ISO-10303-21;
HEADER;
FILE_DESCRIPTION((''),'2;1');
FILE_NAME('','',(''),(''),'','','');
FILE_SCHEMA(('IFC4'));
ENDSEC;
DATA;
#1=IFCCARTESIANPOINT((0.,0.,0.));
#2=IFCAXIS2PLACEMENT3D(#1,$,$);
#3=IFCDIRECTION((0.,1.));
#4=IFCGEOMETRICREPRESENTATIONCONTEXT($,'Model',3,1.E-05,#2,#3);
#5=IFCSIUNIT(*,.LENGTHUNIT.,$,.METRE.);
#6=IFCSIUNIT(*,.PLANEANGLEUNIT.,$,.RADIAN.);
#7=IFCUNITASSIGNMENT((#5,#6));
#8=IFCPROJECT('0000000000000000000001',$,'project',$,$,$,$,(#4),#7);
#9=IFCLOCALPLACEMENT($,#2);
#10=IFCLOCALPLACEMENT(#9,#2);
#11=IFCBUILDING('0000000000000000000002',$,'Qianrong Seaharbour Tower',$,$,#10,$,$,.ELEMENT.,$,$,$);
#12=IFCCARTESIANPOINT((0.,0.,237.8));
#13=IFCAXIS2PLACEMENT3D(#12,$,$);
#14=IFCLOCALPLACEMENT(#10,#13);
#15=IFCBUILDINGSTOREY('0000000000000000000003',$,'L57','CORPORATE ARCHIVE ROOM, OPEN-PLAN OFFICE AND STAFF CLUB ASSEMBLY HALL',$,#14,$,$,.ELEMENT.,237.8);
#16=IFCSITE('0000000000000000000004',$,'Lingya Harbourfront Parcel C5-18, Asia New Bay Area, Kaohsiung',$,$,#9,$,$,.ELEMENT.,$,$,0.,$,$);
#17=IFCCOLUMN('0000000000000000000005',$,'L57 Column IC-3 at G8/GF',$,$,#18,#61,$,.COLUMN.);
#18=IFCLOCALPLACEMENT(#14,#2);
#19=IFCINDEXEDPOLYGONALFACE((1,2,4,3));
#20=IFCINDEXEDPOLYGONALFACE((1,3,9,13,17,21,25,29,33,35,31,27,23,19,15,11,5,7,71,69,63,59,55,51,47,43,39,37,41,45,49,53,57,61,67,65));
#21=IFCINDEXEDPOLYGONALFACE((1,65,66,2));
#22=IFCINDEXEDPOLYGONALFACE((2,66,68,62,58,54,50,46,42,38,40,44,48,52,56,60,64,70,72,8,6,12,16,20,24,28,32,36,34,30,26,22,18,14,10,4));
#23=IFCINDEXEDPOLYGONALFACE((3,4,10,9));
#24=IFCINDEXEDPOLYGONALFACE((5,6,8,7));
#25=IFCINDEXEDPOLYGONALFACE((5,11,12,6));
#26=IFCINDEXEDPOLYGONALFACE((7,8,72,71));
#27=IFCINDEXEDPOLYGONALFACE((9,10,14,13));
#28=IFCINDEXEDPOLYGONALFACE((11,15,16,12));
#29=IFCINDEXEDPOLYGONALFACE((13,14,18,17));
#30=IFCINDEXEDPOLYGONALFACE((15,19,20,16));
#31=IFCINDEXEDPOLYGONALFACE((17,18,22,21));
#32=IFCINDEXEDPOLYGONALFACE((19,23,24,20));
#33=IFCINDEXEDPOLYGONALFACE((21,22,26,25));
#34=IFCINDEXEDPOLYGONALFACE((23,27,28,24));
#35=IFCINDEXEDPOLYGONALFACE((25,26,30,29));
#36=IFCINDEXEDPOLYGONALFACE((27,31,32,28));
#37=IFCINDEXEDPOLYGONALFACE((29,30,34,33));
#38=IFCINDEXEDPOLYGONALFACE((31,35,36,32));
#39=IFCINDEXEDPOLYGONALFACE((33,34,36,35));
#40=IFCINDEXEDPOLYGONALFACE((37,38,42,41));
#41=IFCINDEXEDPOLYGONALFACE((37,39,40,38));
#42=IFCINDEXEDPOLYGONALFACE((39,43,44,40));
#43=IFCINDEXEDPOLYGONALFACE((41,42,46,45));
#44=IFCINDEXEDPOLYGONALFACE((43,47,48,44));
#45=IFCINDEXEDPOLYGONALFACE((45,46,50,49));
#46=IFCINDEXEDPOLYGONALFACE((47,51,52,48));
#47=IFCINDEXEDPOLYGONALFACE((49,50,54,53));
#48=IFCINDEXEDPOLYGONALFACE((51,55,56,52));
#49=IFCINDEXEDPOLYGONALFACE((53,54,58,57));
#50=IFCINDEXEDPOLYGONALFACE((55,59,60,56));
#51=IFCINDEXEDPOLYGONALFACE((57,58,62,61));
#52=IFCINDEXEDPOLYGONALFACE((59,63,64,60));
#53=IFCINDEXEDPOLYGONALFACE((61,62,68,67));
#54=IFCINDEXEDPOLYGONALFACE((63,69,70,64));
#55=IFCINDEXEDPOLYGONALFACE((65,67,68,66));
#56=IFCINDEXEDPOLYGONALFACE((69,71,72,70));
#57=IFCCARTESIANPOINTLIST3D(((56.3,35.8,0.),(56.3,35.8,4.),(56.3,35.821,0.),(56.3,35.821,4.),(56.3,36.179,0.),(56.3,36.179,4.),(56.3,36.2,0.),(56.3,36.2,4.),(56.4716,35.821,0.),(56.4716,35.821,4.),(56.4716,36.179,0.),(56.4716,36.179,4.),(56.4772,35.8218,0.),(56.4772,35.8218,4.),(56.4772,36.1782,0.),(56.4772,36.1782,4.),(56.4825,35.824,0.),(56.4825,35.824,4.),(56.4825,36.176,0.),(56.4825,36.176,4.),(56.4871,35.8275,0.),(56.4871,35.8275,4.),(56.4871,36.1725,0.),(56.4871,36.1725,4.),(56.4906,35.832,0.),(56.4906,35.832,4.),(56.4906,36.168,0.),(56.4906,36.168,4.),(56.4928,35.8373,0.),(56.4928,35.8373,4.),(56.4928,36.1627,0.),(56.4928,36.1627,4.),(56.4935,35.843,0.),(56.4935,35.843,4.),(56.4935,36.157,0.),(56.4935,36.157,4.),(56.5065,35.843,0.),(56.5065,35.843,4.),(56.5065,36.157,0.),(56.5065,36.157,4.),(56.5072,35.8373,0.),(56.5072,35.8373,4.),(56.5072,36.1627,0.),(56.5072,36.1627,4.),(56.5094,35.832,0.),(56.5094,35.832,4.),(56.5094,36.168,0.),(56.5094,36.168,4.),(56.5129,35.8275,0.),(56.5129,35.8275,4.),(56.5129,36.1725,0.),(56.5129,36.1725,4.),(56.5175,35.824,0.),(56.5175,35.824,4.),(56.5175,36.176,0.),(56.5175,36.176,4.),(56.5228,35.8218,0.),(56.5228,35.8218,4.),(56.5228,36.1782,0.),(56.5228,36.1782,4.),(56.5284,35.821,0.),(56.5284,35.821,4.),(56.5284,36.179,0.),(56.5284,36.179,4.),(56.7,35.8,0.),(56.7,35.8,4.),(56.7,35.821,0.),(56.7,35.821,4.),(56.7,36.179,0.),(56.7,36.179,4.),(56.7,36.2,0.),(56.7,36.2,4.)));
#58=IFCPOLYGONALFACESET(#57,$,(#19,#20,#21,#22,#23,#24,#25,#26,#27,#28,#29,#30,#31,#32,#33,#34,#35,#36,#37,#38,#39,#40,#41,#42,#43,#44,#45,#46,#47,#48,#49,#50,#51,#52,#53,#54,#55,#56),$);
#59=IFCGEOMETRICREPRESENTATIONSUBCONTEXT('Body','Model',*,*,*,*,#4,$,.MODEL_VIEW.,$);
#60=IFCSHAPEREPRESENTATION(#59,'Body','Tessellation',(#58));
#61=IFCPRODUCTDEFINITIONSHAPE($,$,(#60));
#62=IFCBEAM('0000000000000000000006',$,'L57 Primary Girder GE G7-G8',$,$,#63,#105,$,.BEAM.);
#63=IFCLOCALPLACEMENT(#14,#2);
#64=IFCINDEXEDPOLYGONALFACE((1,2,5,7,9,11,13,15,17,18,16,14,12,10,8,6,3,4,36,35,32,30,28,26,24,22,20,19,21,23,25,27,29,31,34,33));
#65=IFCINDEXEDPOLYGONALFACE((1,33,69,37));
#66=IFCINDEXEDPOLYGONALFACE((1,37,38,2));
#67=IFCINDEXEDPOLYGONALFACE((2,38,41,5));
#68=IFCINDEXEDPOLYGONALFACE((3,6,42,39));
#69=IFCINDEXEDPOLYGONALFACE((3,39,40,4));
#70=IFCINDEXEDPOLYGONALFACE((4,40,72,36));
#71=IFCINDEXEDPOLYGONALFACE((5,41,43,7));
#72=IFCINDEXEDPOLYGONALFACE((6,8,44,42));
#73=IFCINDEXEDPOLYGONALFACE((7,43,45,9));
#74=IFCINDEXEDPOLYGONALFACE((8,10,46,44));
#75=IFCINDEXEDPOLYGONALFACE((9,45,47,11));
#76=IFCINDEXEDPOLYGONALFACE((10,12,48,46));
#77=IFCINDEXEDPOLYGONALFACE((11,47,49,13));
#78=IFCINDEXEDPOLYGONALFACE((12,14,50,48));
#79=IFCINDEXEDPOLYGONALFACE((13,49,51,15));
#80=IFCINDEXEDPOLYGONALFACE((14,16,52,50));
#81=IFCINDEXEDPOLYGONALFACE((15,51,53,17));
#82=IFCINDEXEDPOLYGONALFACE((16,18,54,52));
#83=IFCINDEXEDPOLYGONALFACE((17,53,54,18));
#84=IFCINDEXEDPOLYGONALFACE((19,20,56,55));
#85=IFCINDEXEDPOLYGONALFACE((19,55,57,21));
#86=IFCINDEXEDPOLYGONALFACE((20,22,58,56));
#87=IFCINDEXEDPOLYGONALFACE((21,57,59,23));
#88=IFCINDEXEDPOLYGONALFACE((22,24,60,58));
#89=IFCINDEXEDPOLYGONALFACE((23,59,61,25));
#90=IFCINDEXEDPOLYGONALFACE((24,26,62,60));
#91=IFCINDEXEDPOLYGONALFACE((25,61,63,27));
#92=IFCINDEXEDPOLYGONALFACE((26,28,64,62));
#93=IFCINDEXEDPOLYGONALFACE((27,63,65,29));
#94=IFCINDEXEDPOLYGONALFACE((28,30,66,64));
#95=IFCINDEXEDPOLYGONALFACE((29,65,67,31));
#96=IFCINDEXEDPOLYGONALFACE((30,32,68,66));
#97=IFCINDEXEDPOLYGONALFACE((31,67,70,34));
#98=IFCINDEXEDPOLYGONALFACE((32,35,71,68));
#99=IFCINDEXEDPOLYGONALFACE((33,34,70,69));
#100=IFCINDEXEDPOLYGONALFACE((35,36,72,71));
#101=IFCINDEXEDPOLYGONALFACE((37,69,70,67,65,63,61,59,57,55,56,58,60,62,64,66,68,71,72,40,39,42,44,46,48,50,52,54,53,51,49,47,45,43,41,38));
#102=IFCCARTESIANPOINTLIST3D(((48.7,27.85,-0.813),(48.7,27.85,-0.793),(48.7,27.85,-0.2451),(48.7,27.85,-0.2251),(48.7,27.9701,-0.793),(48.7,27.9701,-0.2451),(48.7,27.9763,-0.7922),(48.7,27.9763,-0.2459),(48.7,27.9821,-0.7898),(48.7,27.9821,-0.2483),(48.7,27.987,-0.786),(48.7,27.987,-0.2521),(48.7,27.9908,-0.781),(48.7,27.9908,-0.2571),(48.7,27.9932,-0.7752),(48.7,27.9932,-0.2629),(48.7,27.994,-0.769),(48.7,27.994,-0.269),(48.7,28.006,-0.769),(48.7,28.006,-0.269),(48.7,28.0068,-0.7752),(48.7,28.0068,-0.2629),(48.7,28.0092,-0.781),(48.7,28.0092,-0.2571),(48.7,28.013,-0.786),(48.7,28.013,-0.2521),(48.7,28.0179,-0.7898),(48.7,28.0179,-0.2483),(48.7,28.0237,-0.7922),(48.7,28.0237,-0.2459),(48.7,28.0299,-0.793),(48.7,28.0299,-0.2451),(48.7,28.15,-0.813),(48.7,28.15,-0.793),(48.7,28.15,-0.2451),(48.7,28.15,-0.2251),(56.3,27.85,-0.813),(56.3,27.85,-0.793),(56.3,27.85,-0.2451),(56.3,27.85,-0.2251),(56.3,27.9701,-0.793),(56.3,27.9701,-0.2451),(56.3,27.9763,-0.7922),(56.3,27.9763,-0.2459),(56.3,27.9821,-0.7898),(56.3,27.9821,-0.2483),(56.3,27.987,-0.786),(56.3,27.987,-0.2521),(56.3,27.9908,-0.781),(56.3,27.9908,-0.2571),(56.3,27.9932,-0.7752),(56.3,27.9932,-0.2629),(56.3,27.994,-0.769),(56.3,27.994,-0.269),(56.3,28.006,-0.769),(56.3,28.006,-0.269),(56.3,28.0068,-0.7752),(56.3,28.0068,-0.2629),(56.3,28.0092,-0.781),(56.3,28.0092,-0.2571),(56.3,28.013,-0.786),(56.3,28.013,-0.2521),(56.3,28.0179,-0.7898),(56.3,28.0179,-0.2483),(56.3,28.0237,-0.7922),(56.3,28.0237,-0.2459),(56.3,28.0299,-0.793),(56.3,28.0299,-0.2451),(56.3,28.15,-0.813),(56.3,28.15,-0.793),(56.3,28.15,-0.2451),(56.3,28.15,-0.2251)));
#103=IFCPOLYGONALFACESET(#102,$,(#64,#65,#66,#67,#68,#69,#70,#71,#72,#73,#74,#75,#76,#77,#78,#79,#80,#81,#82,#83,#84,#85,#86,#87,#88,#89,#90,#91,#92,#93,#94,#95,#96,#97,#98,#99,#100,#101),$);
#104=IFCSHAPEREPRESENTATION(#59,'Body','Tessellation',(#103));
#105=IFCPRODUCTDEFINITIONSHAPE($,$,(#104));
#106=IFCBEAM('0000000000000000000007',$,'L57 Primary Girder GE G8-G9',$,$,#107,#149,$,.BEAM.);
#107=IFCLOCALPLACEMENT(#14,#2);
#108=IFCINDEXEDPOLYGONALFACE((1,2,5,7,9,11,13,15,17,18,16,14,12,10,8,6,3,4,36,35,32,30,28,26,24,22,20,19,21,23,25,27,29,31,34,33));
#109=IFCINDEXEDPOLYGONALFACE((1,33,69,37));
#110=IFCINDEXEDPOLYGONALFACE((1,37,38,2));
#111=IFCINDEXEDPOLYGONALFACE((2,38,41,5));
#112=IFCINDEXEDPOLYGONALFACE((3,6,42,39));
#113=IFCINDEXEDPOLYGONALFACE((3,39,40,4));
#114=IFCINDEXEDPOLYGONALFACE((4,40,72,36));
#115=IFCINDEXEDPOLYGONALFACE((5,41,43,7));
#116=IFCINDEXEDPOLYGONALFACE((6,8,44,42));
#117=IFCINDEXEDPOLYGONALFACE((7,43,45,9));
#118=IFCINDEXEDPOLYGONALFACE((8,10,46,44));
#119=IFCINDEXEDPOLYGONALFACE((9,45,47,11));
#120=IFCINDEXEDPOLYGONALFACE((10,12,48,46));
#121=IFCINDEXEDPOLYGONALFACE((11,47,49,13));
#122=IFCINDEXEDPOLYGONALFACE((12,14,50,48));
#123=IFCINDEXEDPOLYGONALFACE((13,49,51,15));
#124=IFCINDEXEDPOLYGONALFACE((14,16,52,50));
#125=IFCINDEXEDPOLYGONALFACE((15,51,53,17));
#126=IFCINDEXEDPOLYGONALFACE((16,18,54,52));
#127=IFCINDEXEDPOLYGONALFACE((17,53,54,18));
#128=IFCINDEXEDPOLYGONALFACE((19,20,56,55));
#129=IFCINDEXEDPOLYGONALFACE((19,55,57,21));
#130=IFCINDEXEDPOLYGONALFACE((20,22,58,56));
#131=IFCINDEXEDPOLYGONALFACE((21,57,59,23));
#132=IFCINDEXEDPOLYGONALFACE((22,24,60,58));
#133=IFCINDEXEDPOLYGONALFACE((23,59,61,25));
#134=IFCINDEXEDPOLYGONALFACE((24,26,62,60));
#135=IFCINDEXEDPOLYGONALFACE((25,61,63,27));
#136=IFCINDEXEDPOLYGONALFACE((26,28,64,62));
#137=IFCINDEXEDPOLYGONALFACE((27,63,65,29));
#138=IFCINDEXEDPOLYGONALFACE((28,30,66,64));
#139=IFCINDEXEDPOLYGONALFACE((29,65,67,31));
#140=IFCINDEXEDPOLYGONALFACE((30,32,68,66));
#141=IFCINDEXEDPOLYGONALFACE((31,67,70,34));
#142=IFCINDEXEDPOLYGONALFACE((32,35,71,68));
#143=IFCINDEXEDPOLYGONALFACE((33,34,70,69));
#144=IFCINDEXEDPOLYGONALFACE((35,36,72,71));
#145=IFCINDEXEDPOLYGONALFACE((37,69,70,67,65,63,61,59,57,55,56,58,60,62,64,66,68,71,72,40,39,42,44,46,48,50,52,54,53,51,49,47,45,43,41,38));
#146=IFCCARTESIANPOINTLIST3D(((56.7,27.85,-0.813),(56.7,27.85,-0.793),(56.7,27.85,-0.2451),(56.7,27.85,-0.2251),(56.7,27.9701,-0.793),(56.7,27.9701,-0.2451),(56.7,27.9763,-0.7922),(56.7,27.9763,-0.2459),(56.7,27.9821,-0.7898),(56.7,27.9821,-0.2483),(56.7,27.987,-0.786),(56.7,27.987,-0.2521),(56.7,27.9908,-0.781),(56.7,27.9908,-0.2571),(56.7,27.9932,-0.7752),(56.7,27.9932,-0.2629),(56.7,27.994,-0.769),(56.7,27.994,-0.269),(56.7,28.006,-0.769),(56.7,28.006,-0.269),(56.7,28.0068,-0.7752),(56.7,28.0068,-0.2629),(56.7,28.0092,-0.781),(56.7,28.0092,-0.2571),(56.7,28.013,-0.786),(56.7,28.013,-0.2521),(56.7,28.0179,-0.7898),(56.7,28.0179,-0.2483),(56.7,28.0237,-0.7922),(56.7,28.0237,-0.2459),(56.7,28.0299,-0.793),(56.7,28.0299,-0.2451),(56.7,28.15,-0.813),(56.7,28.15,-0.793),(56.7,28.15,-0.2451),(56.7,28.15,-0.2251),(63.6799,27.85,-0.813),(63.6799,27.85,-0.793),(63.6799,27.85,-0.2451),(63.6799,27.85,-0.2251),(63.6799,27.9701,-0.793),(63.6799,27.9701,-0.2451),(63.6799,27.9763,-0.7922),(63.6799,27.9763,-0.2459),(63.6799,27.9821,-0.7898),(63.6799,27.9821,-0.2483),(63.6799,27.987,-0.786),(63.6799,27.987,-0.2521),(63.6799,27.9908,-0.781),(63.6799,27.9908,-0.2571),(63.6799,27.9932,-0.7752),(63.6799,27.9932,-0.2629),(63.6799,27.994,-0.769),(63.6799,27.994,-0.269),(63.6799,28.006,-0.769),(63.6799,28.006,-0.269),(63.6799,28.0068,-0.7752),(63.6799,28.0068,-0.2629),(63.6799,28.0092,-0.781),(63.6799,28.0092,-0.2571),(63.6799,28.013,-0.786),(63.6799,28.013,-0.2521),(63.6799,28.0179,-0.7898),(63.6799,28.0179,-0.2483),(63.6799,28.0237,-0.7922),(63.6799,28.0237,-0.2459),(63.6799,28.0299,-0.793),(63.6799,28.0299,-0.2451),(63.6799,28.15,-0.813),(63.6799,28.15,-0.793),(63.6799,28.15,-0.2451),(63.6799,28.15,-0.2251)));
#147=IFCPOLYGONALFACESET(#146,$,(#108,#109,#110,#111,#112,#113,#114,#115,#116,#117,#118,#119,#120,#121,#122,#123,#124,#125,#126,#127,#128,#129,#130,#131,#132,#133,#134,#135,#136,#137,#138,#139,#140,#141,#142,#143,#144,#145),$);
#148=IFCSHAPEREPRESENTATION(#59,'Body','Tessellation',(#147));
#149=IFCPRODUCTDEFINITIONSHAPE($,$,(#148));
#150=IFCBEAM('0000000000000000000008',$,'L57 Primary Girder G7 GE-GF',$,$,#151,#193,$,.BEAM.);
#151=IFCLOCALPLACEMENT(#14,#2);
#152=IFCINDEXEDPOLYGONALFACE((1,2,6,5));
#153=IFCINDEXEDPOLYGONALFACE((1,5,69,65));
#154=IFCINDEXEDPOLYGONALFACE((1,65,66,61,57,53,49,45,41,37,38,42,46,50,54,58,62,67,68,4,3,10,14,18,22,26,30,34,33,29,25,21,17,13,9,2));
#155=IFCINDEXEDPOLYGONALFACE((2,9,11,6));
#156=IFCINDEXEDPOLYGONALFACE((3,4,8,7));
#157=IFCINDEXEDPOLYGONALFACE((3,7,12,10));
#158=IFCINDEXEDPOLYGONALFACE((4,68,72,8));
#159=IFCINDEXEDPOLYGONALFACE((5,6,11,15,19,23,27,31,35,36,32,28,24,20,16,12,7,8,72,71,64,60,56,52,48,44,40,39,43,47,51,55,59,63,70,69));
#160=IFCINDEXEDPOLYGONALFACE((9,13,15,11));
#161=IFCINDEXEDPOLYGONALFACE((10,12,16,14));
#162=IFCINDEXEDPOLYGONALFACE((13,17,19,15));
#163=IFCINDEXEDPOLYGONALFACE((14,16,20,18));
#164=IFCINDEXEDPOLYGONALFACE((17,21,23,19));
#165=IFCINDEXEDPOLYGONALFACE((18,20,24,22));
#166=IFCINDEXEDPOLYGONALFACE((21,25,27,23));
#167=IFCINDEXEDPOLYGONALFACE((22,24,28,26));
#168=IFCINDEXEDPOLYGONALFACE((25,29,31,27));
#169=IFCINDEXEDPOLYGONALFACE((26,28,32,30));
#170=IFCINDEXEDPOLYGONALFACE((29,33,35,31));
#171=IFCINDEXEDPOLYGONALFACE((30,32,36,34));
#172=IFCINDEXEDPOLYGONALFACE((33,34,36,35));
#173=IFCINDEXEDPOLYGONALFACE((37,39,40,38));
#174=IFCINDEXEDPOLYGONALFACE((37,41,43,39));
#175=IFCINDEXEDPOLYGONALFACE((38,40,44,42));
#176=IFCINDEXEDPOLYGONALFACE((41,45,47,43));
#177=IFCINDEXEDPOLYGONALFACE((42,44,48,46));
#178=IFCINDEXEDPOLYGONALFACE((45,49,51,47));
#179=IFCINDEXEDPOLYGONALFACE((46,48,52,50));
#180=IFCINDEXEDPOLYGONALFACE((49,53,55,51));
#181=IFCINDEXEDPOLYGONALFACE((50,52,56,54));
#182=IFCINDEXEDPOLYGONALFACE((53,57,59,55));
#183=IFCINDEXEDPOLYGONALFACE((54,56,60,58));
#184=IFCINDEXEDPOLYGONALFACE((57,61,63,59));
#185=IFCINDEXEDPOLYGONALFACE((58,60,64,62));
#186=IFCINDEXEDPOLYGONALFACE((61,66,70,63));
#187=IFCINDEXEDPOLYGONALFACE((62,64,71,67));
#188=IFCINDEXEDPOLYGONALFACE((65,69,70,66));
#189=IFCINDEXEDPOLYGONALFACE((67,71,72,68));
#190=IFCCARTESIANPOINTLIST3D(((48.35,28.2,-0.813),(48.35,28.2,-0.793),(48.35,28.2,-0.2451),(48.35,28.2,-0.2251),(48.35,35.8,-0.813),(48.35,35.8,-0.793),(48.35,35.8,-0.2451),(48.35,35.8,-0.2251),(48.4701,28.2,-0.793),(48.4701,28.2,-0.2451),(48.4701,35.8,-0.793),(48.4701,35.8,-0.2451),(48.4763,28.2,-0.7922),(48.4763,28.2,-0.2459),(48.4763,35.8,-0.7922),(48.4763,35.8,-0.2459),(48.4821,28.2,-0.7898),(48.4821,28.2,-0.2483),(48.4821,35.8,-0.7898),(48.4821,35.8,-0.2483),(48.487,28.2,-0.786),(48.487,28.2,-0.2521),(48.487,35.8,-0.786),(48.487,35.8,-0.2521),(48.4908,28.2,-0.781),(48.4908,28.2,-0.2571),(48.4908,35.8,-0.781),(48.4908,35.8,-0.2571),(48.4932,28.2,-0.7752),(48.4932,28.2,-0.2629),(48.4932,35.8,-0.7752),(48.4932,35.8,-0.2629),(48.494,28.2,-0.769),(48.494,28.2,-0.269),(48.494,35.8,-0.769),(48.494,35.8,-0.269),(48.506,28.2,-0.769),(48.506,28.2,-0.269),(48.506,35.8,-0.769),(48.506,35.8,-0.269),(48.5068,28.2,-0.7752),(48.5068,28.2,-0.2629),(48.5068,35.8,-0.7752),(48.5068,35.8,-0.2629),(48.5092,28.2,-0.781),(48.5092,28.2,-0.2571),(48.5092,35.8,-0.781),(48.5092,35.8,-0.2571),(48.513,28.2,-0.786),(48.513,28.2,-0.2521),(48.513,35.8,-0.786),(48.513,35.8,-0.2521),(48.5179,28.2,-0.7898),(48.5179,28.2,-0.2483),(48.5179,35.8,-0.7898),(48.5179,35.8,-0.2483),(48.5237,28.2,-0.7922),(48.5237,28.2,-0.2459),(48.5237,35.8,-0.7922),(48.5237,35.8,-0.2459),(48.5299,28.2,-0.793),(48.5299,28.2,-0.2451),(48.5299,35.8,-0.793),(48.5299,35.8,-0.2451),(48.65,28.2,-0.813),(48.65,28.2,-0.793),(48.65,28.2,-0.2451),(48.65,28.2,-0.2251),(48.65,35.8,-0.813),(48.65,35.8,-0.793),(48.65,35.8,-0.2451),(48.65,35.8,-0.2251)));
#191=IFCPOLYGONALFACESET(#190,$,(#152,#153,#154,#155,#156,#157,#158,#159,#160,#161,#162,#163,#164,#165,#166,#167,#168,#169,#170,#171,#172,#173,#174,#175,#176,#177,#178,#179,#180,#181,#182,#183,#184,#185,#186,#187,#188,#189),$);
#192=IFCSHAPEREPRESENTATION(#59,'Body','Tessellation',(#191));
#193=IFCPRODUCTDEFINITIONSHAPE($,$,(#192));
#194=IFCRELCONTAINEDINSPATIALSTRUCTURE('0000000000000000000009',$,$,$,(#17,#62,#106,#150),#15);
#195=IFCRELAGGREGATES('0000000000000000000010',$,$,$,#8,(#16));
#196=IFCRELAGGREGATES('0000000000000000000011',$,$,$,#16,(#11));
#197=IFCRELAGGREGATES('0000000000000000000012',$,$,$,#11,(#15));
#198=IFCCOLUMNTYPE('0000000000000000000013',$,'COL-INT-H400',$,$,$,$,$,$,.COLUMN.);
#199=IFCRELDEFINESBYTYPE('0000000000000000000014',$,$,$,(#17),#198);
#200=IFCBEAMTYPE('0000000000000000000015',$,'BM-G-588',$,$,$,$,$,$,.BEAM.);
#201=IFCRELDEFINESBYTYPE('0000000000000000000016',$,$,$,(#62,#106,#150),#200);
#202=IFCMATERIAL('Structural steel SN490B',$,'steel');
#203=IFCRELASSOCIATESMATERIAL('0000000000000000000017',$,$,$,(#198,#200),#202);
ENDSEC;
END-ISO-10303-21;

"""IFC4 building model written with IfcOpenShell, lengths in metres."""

from ifc_helpers import new_model, si_unit, direction, frame, origin, origin_2d, place, context, subcontext, project, spatial, i_section, extrude, material, material_profile, profile_set, type_object, element, save


model = new_model("IFC4")

# Units and contexts
model_context = context("Model", 3, precision=1e-05, world=origin(), true_north=direction((0.0, 1.0)))
body_context = subcontext(model_context, "Body", "Model", "MODEL_VIEW")
ifc_project = project(units=[si_unit("LENGTHUNIT", "METRE"), si_unit("PLANEANGLEUNIT", "RADIAN")], contexts=[model_context])

# Site, building, storey
site_placement = place(None, origin())
site = spatial("IfcSite", under=ifc_project, at=site_placement, Name="Lingya Harbourfront Parcel C5-18, Asia New Bay Area, Kaohsiung", CompositionType="ELEMENT", RefElevation=0.0)
building_placement = place(site_placement, origin())
building = spatial("IfcBuilding", under=site, at=building_placement, Name="Qianrong Seaharbour Tower", CompositionType="ELEMENT")
storey_placement = place(building_placement, frame((0.0, 0.0, 237.8)))
storey = spatial("IfcBuildingStorey", under=building, at=storey_placement, Name="L57", Description="CORPORATE ARCHIVE ROOM, OPEN-PLAN OFFICE AND STAFF CLUB ASSEMBLY HALL", CompositionType="ELEMENT", Elevation=237.8)

# Column
ifc_material_1 = material(Name="Structural steel SN490B", Category="steel")
ifc_material_profile_1 = material_profile(ifc_material_1, i_section(OverallWidth=0.3999, OverallDepth=0.3999, WebThickness=0.0129, FlangeThickness=0.021, FilletRadius=0.022, at=origin_2d()), Name="H400x400x13x21")
ifc_profile_set_1 = profile_set([ifc_material_profile_1], Name="Structural steel SN490B")
column_type_1 = type_object("IfcColumnType", Name="COL-INT-H400", PredefinedType="COLUMN", material=ifc_profile_set_1)
for number, where, z_axis, x_axis, name in (
    (1, (56.5, 36.0, 0.0), (0.0, 0.0, 1.0), (1.0, 0.0, 0.0), "L57 Column IC-3 at G8/GF"),
):
    element("IfcColumn", number, at=place(storey_placement, frame(where, z_axis=z_axis, x_axis=x_axis)), inside=storey, type_object=column_type_1, Name=name, PredefinedType="COLUMN", context=body_context, shape_type="SweptSolid", body=[
        extrude(i_section(OverallWidth=0.3999, OverallDepth=0.3999, WebThickness=0.0129, FlangeThickness=0.021, FilletRadius=0.022, at=origin_2d()), origin(), (0.0, 0.0, 1.0), 4.0),
    ])

# Beams
ifc_material_profile_2 = material_profile(ifc_material_1, i_section(OverallWidth=0.3, OverallDepth=0.5879, WebThickness=0.012, FlangeThickness=0.02, FilletRadius=0.0239, at=origin_2d()), Name="H588x300x12x20")
ifc_profile_set_2 = profile_set([ifc_material_profile_2], Name="Structural steel SN490B")
beam_type_1 = type_object("IfcBeamType", Name="BM-G-588", PredefinedType="BEAM", material=ifc_profile_set_2)
beam_1_placement = place(storey_placement, frame((48.7, 28.0, -0.519), z_axis=(1.0, 0.0, 0.0), x_axis=(0.0, 1.0, 0.0)))
element("IfcBeam", 2, at=beam_1_placement, inside=storey, type_object=beam_type_1, Name="L57 Primary Girder GE G7-G8", PredefinedType="BEAM", context=body_context, shape_type="SweptSolid", body=[
    extrude(i_section(OverallWidth=0.3, OverallDepth=0.5879, WebThickness=0.012, FlangeThickness=0.02, FilletRadius=0.0239, at=origin_2d()), origin(), (0.0, 0.0, 1.0), 7.6001),
])
beam_2_placement = place(storey_placement, frame((56.7, 28.0, -0.519), z_axis=(1.0, 0.0, 0.0), x_axis=(0.0, 1.0, 0.0)))
element("IfcBeam", 3, at=beam_2_placement, inside=storey, type_object=beam_type_1, Name="L57 Primary Girder GE G8-G9", PredefinedType="BEAM", context=body_context, shape_type="SweptSolid", body=[
    extrude(i_section(OverallWidth=0.3, OverallDepth=0.5879, WebThickness=0.012, FlangeThickness=0.02, FilletRadius=0.0239, at=origin_2d()), origin(), (0.0, 0.0, 1.0), 6.98),
])
for number, where, z_axis, x_axis, name in (
    (4, (48.5, 28.2, -0.519), (0.0, 1.0, 0.0), (-1.0, 0.0, 0.0), "L57 Primary Girder G7 GE-GF"),
):
    element("IfcBeam", number, at=place(storey_placement, frame(where, z_axis=z_axis, x_axis=x_axis)), inside=storey, type_object=beam_type_1, Name=name, PredefinedType="BEAM", context=body_context, shape_type="SweptSolid", body=[
        extrude(i_section(OverallWidth=0.3, OverallDepth=0.5879, WebThickness=0.012, FlangeThickness=0.02, FilletRadius=0.0239, at=origin_2d()), origin(), (0.0, 0.0, 1.0), 7.6001),
    ])

save(model, "model.ifc")
